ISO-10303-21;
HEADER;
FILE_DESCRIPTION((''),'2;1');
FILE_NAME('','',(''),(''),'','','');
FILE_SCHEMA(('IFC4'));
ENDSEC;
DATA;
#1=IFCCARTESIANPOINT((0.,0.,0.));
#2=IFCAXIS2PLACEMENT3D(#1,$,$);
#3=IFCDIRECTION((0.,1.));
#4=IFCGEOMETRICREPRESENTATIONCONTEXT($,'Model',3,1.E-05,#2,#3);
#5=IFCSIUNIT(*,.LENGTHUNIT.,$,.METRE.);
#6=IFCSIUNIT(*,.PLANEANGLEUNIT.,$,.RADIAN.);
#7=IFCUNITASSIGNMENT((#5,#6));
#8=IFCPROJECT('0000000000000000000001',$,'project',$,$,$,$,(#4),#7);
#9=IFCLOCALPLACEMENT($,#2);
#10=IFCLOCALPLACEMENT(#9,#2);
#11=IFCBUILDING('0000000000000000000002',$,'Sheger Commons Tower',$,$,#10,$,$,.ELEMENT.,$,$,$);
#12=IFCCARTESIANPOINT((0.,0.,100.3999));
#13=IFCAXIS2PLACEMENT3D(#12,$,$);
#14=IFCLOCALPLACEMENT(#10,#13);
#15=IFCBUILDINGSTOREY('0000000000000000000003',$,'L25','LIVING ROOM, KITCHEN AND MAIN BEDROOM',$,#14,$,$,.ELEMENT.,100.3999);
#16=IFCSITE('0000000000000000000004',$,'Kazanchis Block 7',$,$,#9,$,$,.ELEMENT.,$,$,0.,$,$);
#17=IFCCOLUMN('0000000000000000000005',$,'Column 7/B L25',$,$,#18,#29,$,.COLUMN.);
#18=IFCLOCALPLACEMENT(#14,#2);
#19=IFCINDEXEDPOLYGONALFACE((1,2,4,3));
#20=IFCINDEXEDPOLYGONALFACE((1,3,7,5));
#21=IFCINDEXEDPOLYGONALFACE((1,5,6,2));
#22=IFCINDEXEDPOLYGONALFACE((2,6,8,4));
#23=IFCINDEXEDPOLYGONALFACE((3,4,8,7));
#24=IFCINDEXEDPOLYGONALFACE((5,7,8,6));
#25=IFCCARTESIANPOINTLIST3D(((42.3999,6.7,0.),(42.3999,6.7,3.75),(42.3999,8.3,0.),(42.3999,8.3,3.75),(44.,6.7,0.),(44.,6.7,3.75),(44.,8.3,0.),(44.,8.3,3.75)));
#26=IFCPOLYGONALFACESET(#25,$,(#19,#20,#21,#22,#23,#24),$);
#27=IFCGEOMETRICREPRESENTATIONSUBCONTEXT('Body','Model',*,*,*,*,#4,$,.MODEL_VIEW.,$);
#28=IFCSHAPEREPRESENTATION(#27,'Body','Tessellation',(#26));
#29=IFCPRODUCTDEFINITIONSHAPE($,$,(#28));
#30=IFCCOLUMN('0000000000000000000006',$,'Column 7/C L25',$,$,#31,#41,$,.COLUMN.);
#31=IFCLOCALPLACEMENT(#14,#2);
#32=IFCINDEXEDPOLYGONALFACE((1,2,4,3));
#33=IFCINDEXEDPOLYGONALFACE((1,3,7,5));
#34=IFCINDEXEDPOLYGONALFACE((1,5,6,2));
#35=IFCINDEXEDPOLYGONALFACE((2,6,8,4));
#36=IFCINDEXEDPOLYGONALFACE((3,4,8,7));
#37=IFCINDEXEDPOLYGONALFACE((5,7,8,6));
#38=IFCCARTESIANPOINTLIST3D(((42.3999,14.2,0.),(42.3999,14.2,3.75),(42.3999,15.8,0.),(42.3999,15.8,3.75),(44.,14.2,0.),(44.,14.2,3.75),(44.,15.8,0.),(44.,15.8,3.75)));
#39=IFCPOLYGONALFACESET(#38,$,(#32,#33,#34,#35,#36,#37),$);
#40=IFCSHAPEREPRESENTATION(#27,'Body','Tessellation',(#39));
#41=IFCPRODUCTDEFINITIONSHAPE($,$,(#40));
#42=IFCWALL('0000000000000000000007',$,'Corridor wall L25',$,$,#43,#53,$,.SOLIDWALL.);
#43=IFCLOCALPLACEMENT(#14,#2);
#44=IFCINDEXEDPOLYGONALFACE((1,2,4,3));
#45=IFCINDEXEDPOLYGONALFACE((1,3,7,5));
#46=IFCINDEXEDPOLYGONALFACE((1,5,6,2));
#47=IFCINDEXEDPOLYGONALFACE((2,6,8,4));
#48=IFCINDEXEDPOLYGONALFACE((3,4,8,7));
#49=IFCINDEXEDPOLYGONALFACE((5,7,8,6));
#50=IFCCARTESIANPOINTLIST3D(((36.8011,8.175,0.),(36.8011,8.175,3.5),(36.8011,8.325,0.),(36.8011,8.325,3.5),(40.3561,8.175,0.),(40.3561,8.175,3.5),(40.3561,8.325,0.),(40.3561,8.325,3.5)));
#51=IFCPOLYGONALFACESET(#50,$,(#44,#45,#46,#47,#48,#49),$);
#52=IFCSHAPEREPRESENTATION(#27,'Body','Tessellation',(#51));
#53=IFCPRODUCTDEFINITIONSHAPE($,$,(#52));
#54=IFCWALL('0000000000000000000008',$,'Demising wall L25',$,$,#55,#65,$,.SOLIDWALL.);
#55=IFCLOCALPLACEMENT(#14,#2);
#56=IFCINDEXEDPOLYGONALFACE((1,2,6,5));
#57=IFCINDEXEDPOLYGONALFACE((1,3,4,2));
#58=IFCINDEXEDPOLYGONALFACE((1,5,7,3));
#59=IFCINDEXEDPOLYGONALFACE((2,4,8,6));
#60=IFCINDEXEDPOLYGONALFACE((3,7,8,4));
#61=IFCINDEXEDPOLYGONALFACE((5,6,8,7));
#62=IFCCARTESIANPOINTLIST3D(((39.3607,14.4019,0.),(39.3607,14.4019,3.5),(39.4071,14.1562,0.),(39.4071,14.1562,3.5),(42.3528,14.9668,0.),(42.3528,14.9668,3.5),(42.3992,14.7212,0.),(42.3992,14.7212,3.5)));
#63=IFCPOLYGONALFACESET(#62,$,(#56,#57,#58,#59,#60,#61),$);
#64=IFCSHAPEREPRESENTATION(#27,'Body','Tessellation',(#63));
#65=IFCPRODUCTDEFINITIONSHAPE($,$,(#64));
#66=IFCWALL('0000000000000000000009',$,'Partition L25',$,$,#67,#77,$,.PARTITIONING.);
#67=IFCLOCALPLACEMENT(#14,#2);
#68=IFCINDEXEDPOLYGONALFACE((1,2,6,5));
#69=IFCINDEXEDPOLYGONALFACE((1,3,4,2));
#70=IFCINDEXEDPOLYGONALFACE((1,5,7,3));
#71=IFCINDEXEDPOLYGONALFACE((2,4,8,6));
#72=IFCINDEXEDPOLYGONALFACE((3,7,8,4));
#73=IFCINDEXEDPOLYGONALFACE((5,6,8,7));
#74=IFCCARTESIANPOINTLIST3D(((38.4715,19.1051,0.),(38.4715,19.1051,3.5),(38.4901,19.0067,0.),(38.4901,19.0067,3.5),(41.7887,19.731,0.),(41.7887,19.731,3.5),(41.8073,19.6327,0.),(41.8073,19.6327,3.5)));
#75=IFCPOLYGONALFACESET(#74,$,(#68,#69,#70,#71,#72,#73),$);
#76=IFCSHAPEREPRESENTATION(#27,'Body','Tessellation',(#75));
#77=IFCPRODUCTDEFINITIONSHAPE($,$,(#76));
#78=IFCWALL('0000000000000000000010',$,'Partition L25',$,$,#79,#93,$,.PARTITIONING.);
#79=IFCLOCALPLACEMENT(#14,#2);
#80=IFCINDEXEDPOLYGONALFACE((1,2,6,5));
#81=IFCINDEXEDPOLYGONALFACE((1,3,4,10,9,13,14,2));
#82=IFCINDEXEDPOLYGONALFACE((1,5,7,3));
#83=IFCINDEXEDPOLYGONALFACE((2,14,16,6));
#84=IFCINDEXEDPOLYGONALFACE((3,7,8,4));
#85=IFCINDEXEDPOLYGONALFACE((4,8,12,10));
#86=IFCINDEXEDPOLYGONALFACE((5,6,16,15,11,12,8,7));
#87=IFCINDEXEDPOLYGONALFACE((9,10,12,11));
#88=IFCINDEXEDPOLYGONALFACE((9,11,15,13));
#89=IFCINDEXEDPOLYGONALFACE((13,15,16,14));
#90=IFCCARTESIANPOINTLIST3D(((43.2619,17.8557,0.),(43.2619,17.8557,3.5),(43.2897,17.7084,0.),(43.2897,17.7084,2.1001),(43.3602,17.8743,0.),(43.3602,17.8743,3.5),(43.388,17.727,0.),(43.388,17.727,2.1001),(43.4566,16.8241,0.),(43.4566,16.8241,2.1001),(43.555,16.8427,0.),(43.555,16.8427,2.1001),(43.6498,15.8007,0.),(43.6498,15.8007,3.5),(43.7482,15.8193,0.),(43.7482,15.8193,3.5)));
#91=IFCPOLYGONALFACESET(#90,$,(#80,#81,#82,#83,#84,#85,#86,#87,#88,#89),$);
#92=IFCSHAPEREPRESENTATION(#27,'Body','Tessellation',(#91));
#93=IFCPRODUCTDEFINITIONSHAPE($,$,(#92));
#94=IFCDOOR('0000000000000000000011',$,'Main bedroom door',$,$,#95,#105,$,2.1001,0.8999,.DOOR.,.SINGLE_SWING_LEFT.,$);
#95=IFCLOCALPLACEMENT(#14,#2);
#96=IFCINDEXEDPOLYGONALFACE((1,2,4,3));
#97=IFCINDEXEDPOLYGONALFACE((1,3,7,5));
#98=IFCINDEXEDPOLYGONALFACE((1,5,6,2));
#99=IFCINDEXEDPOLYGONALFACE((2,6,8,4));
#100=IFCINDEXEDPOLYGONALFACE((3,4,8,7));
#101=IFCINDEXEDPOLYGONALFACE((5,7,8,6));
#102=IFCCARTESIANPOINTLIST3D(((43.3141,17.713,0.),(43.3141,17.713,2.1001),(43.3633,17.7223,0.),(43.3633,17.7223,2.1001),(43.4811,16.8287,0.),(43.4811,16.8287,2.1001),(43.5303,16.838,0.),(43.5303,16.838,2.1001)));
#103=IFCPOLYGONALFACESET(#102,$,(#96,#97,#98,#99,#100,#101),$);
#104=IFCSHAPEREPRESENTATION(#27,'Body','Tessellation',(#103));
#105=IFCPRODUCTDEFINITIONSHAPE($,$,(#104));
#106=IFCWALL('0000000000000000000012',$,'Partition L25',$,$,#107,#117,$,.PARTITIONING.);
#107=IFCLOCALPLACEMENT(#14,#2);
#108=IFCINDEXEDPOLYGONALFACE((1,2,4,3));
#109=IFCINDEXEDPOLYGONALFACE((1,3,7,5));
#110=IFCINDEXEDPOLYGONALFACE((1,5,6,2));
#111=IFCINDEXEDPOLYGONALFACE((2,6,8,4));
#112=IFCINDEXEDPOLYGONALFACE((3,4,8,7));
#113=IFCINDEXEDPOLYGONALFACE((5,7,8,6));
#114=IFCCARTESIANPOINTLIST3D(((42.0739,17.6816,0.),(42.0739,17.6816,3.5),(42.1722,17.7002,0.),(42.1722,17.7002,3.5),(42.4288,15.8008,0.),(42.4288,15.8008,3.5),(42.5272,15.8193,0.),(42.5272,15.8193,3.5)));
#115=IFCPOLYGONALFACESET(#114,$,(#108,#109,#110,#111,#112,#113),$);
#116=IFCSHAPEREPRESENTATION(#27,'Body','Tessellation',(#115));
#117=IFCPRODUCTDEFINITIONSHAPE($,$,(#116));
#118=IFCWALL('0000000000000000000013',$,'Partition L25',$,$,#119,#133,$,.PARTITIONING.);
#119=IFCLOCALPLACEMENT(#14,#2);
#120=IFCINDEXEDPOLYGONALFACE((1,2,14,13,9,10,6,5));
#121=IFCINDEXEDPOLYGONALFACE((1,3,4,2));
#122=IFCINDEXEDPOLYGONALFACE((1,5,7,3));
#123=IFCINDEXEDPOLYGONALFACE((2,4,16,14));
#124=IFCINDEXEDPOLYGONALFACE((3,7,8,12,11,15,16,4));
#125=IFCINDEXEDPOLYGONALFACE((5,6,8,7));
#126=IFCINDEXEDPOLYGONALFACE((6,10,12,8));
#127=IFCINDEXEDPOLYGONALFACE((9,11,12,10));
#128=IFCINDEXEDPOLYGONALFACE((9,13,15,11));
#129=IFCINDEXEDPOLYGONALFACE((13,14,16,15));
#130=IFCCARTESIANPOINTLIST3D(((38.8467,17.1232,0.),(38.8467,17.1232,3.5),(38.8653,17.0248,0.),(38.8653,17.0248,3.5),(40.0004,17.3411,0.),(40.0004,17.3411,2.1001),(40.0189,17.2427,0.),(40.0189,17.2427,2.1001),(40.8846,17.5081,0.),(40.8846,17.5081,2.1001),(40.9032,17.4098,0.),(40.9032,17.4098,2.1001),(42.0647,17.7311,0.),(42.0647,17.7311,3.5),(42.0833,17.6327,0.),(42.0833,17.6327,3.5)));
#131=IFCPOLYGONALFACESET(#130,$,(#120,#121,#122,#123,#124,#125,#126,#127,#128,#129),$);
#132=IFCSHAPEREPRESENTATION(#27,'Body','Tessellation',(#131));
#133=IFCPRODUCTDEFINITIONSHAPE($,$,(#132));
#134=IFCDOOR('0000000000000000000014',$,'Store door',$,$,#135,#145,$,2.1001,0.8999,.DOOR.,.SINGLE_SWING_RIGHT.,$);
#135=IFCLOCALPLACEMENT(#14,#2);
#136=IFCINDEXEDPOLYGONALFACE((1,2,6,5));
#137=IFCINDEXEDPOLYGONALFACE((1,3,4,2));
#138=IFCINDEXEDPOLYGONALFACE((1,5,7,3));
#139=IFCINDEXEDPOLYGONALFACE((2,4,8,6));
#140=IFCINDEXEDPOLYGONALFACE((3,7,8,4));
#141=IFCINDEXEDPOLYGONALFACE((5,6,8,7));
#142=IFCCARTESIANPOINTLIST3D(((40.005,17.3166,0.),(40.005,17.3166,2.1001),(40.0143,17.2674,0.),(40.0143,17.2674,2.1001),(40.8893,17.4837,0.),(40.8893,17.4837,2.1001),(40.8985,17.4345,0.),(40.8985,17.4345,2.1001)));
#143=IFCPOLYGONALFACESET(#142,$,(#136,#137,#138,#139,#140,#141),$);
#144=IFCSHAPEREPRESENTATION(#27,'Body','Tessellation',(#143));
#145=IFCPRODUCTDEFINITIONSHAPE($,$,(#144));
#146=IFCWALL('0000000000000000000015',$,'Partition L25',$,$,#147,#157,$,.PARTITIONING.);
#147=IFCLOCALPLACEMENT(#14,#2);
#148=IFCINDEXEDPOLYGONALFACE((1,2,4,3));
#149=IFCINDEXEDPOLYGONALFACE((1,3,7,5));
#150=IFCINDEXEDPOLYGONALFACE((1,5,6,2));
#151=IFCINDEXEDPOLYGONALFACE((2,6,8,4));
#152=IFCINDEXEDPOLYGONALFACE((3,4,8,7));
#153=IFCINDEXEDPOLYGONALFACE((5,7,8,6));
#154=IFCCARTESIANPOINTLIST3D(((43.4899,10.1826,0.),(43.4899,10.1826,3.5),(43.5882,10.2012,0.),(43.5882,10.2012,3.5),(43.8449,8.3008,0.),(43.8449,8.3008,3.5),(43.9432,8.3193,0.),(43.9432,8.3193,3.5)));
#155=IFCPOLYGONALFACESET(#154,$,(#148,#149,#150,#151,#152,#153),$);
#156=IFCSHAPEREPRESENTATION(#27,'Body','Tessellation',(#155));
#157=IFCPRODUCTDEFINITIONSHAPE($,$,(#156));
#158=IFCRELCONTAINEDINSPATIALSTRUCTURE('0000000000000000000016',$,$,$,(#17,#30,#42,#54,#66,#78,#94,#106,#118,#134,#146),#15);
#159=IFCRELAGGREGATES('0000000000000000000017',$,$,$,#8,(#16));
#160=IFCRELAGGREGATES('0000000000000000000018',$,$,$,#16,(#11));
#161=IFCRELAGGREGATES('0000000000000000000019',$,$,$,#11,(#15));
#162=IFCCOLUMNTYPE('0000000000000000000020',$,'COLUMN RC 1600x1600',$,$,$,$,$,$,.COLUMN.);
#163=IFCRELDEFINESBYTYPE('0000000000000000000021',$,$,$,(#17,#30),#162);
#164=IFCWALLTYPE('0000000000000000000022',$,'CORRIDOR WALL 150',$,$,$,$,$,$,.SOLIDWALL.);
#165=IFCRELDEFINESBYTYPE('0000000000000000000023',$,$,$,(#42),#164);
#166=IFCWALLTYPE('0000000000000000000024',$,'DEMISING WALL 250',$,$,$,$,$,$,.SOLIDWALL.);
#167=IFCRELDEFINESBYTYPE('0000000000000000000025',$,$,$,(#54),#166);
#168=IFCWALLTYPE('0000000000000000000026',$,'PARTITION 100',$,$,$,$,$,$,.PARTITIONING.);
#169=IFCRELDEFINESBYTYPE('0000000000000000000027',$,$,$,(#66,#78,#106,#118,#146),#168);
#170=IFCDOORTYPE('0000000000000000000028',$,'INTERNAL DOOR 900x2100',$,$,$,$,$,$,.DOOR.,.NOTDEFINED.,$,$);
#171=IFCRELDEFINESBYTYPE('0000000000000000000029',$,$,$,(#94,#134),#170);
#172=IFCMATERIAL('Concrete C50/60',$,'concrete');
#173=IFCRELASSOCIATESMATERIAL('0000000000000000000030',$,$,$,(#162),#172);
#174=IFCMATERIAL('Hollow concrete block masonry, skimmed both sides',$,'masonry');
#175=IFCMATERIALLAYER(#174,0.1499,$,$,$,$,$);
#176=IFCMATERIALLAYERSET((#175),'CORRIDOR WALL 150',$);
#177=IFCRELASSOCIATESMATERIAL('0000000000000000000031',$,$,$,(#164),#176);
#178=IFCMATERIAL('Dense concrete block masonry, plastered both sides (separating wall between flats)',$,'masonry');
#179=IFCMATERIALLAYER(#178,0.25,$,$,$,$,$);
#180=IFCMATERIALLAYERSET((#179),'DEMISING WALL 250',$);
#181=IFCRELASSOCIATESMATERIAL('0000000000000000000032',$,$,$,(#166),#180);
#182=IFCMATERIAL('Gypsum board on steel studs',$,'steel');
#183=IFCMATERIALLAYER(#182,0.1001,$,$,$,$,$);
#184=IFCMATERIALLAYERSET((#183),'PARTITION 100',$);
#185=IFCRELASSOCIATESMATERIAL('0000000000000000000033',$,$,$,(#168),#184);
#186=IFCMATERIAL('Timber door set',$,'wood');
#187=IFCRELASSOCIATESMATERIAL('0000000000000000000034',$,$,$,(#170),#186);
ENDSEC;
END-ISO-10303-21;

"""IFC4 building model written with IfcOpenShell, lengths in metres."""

from ifc_helpers import new_model, si_unit, direction, frame, frame_2d, origin, origin_2d, place, context, subcontext, project, spatial, rectangle, extrude, material, layer, layer_set, material_profile, profile_set, type_object, element, fill, save


model = new_model("IFC4")

# Units and contexts
model_context = context("Model", 3, precision=1e-05, world=origin(), true_north=direction((0.0, 1.0)))
body_context = subcontext(model_context, "Body", "Model", "MODEL_VIEW")
ifc_project = project(units=[si_unit("LENGTHUNIT", "METRE"), si_unit("PLANEANGLEUNIT", "RADIAN")], contexts=[model_context])

# Site, building, storey
site_placement = place(None, origin())
site = spatial("IfcSite", under=ifc_project, at=site_placement, Name="Kazanchis Block 7", CompositionType="ELEMENT", RefElevation=0.0)
building_placement = place(site_placement, origin())
building = spatial("IfcBuilding", under=site, at=building_placement, Name="Sheger Commons Tower", CompositionType="ELEMENT")
storey_placement = place(building_placement, frame((0.0, 0.0, 100.3999)))
storey = spatial("IfcBuildingStorey", under=building, at=storey_placement, Name="L25", Description="LIVING ROOM, KITCHEN AND MAIN BEDROOM", CompositionType="ELEMENT", Elevation=100.3999)

# Columns
ifc_material_1 = material(Name="Concrete C50/60", Category="concrete")
ifc_material_profile = material_profile(ifc_material_1, rectangle(XDim=1.6001, YDim=1.6001, at=origin_2d()), Name="RC 1600x1600")
ifc_profile_set = profile_set([ifc_material_profile], Name="Concrete C50/60")
column_type = type_object("IfcColumnType", Name="COLUMN RC 1600x1600", PredefinedType="COLUMN", material=ifc_profile_set)
for number, where, z_axis, x_axis, name in (
    (1, (43.2, 7.5, 0.0), (0.0, 0.0, 1.0), (1.0, 0.0, 0.0), "Column 7/B L25"),
    (2, (43.2, 15.0, 0.0), (0.0, 0.0, 1.0), (1.0, 0.0, 0.0), "Column 7/C L25"),
):
    element("IfcColumn", number, at=place(storey_placement, frame(where, z_axis=z_axis, x_axis=x_axis)), inside=storey, type_object=column_type, Name=name, PredefinedType="COLUMN", context=body_context, shape_type="SweptSolid", body=[
        extrude(rectangle(XDim=1.6001, YDim=1.6001, at=origin_2d()), origin(), (0.0, 0.0, 1.0), 3.75),
    ])

# Walls
ifc_material_2 = material(Name="Hollow concrete block masonry, skimmed both sides", Category="masonry")
ifc_layer_1 = layer(ifc_material_2, 0.1499)
ifc_layer_set_1 = layer_set([ifc_layer_1], Name="CORRIDOR WALL 150")
wall_type_1 = type_object("IfcWallType", Name="CORRIDOR WALL 150", PredefinedType="SOLIDWALL", material=ifc_layer_set_1)
wall_1_placement = place(storey_placement, frame((40.356, 8.25, 0.0), z_axis=(0.0, 0.0, 1.0), x_axis=(-1.0, 0.0, 0.0)))
element("IfcWall", 3, at=wall_1_placement, inside=storey, type_object=wall_type_1, Name="Corridor wall L25", PredefinedType="SOLIDWALL", context=body_context, shape_type="SweptSolid", body=[
    extrude(rectangle(XDim=3.5549, YDim=0.1499, at=frame_2d((1.7773, 0.0))), origin(), (0.0, 0.0, 1.0), 3.5),
])
ifc_material_3 = material(Name="Dense concrete block masonry, plastered both sides (separating wall between flats)", Category="masonry")
ifc_layer_2 = layer(ifc_material_3, 0.25)
ifc_layer_set_2 = layer_set([ifc_layer_2], Name="DEMISING WALL 250")
wall_type_2 = type_object("IfcWallType", Name="DEMISING WALL 250", PredefinedType="SOLIDWALL", material=ifc_layer_set_2)
wall_2_placement = place(storey_placement, frame((42.376, 14.844, 0.0), z_axis=(0.0, 0.0, 1.0), x_axis=(-0.982636, -0.185542, 0.0)))
element("IfcWall", 4, at=wall_2_placement, inside=storey, type_object=wall_type_2, Name="Demising wall L25", PredefinedType="SOLIDWALL", context=body_context, shape_type="SweptSolid", body=[
    extrude(rectangle(XDim=3.0449, YDim=0.25, at=frame_2d((1.5225, 0.0))), origin(), (0.0, 0.0, 1.0), 3.5),
])
ifc_material_4 = material(Name="Gypsum board on steel studs", Category="steel")
ifc_layer_3 = layer(ifc_material_4, 0.1001)
ifc_layer_set_3 = layer_set([ifc_layer_3], Name="PARTITION 100")
wall_type_3 = type_object("IfcWallType", Name="PARTITION 100", PredefinedType="PARTITIONING", material=ifc_layer_set_3)
wall_3_placement = place(storey_placement, frame((41.7981, 19.6819, 0.0), z_axis=(0.0, 0.0, 1.0), x_axis=(-0.982656, -0.185437, 0.0)))
element("IfcWall", 5, at=wall_3_placement, inside=storey, type_object=wall_type_3, Name="Partition L25", PredefinedType="PARTITIONING", context=body_context, shape_type="SweptSolid", body=[
    extrude(rectangle(XDim=3.3757, YDim=0.1001, at=frame_2d((1.688, 0.0))), origin(), (0.0, 0.0, 1.0), 3.5),
])

# Wall, opening, door
wall_4_placement = place(storey_placement, frame((43.311, 17.865, 0.0), z_axis=(0.0, 0.0, 1.0), x_axis=(0.185508, -0.982643, 0.0)))
wall_4 = element("IfcWall", 6, at=wall_4_placement, inside=storey, type_object=wall_type_3, Name="Partition L25", PredefinedType="PARTITIONING", context=body_context, shape_type="SweptSolid", body=[
    extrude(rectangle(XDim=2.0913, YDim=0.1001, at=frame_2d((1.0457, 0.0))), origin(), (0.0, 0.0, 1.0), 3.5),
])
opening_1_placement = place(wall_4_placement, frame((0.1499, 0.0, 0.0)))
opening_1 = element("IfcOpeningElement", 7, at=opening_1_placement, cuts=wall_4, PredefinedType="OPENING", context=body_context, shape_type="SweptSolid", body=[
    extrude(rectangle(XDim=0.8999, YDim=2.1001, at=frame_2d((0.45, 1.05))), frame((0.0, 0.0601, 0.0), z_axis=(0.0, -1.0, 0.0), x_axis=(1.0, 0.0, 0.0)), (0.0, 0.0, 1.0), 0.1201),
])
ifc_material_5 = material(Name="Timber door set", Category="wood")
door_type_1 = type_object("IfcDoorType", Name="INTERNAL DOOR 900x2100", OperationType="NOTDEFINED", PredefinedType="DOOR", material=ifc_material_5)
door_1_placement = place(opening_1_placement, origin())
door_1 = element("IfcDoor", 8, at=door_1_placement, inside=storey, type_object=door_type_1, Name="Main bedroom door", OperationType="SINGLE_SWING_LEFT", OverallHeight=2.1001, OverallWidth=0.8999, PredefinedType="DOOR", context=body_context, shape_type="SweptSolid", body=[
    extrude(rectangle(XDim=0.8999, YDim=2.1001, at=frame_2d((0.45, 1.05))), frame((0.0, 0.0249, 0.0), z_axis=(0.0, -1.0, 0.0), x_axis=(1.0, 0.0, 0.0)), (0.0, 0.0, 1.0), 0.05),
])
fill(opening_1, door_1)

# Wall
wall_5_placement = place(storey_placement, frame((42.123, 17.6909, 0.0), z_axis=(0.0, 0.0, 1.0), x_axis=(0.185459, -0.982652, 0.0)))
element("IfcWall", 9, at=wall_5_placement, inside=storey, type_object=wall_type_3, Name="Partition L25", PredefinedType="PARTITIONING", context=body_context, shape_type="SweptSolid", body=[
    extrude(rectangle(XDim=1.9141, YDim=0.1001, at=frame_2d((0.957, 0.0))), origin(), (0.0, 0.0, 1.0), 3.5),
])

# Wall, opening, door
wall_6_placement = place(storey_placement, frame((42.074, 17.6819, 0.0), z_axis=(0.0, 0.0, 1.0), x_axis=(-0.982621, -0.185625, 0.0)))
wall_6 = element("IfcWall", 10, at=wall_6_placement, inside=storey, type_object=wall_type_3, Name="Partition L25", PredefinedType="PARTITIONING", context=body_context, shape_type="SweptSolid", body=[
    extrude(rectangle(XDim=3.2749, YDim=0.1001, at=frame_2d((1.6375, 0.0))), origin(), (0.0, 0.0, 1.0), 3.5),
])
opening_2_placement = place(wall_6_placement, frame((1.2009, 0.0, 0.0)))
opening_2 = element("IfcOpeningElement", 11, at=opening_2_placement, cuts=wall_6, PredefinedType="OPENING", context=body_context, shape_type="SweptSolid", body=[
    extrude(rectangle(XDim=0.8999, YDim=2.1001, at=frame_2d((0.45, 1.05))), frame((0.0, 0.0601, 0.0), z_axis=(0.0, -1.0, 0.0), x_axis=(1.0, 0.0, 0.0)), (0.0, 0.0, 1.0), 0.1201),
])
door_2_placement = place(opening_2_placement, origin())
door_2 = element("IfcDoor", 12, at=door_2_placement, inside=storey, type_object=door_type_1, Name="Store door", OperationType="SINGLE_SWING_RIGHT", OverallHeight=2.1001, OverallWidth=0.8999, PredefinedType="DOOR", context=body_context, shape_type="SweptSolid", body=[
    extrude(rectangle(XDim=0.8999, YDim=2.1001, at=frame_2d((0.45, 1.05))), frame((0.0, 0.0249, 0.0), z_axis=(0.0, -1.0, 0.0), x_axis=(1.0, 0.0, 0.0)), (0.0, 0.0, 1.0), 0.05),
])
fill(opening_2, door_2)

# Wall
wall_7_placement = place(storey_placement, frame((43.5391, 10.1919, 0.0), z_axis=(0.0, 0.0, 1.0), x_axis=(0.185366, -0.98267, 0.0)))
element("IfcWall", 13, at=wall_7_placement, inside=storey, type_object=wall_type_3, Name="Partition L25", PredefinedType="PARTITIONING", context=body_context, shape_type="SweptSolid", body=[
    extrude(rectangle(XDim=1.915, YDim=0.1001, at=frame_2d((0.9575, 0.0))), origin(), (0.0, 0.0, 1.0), 3.5),
])

save(model, "model.ifc")
